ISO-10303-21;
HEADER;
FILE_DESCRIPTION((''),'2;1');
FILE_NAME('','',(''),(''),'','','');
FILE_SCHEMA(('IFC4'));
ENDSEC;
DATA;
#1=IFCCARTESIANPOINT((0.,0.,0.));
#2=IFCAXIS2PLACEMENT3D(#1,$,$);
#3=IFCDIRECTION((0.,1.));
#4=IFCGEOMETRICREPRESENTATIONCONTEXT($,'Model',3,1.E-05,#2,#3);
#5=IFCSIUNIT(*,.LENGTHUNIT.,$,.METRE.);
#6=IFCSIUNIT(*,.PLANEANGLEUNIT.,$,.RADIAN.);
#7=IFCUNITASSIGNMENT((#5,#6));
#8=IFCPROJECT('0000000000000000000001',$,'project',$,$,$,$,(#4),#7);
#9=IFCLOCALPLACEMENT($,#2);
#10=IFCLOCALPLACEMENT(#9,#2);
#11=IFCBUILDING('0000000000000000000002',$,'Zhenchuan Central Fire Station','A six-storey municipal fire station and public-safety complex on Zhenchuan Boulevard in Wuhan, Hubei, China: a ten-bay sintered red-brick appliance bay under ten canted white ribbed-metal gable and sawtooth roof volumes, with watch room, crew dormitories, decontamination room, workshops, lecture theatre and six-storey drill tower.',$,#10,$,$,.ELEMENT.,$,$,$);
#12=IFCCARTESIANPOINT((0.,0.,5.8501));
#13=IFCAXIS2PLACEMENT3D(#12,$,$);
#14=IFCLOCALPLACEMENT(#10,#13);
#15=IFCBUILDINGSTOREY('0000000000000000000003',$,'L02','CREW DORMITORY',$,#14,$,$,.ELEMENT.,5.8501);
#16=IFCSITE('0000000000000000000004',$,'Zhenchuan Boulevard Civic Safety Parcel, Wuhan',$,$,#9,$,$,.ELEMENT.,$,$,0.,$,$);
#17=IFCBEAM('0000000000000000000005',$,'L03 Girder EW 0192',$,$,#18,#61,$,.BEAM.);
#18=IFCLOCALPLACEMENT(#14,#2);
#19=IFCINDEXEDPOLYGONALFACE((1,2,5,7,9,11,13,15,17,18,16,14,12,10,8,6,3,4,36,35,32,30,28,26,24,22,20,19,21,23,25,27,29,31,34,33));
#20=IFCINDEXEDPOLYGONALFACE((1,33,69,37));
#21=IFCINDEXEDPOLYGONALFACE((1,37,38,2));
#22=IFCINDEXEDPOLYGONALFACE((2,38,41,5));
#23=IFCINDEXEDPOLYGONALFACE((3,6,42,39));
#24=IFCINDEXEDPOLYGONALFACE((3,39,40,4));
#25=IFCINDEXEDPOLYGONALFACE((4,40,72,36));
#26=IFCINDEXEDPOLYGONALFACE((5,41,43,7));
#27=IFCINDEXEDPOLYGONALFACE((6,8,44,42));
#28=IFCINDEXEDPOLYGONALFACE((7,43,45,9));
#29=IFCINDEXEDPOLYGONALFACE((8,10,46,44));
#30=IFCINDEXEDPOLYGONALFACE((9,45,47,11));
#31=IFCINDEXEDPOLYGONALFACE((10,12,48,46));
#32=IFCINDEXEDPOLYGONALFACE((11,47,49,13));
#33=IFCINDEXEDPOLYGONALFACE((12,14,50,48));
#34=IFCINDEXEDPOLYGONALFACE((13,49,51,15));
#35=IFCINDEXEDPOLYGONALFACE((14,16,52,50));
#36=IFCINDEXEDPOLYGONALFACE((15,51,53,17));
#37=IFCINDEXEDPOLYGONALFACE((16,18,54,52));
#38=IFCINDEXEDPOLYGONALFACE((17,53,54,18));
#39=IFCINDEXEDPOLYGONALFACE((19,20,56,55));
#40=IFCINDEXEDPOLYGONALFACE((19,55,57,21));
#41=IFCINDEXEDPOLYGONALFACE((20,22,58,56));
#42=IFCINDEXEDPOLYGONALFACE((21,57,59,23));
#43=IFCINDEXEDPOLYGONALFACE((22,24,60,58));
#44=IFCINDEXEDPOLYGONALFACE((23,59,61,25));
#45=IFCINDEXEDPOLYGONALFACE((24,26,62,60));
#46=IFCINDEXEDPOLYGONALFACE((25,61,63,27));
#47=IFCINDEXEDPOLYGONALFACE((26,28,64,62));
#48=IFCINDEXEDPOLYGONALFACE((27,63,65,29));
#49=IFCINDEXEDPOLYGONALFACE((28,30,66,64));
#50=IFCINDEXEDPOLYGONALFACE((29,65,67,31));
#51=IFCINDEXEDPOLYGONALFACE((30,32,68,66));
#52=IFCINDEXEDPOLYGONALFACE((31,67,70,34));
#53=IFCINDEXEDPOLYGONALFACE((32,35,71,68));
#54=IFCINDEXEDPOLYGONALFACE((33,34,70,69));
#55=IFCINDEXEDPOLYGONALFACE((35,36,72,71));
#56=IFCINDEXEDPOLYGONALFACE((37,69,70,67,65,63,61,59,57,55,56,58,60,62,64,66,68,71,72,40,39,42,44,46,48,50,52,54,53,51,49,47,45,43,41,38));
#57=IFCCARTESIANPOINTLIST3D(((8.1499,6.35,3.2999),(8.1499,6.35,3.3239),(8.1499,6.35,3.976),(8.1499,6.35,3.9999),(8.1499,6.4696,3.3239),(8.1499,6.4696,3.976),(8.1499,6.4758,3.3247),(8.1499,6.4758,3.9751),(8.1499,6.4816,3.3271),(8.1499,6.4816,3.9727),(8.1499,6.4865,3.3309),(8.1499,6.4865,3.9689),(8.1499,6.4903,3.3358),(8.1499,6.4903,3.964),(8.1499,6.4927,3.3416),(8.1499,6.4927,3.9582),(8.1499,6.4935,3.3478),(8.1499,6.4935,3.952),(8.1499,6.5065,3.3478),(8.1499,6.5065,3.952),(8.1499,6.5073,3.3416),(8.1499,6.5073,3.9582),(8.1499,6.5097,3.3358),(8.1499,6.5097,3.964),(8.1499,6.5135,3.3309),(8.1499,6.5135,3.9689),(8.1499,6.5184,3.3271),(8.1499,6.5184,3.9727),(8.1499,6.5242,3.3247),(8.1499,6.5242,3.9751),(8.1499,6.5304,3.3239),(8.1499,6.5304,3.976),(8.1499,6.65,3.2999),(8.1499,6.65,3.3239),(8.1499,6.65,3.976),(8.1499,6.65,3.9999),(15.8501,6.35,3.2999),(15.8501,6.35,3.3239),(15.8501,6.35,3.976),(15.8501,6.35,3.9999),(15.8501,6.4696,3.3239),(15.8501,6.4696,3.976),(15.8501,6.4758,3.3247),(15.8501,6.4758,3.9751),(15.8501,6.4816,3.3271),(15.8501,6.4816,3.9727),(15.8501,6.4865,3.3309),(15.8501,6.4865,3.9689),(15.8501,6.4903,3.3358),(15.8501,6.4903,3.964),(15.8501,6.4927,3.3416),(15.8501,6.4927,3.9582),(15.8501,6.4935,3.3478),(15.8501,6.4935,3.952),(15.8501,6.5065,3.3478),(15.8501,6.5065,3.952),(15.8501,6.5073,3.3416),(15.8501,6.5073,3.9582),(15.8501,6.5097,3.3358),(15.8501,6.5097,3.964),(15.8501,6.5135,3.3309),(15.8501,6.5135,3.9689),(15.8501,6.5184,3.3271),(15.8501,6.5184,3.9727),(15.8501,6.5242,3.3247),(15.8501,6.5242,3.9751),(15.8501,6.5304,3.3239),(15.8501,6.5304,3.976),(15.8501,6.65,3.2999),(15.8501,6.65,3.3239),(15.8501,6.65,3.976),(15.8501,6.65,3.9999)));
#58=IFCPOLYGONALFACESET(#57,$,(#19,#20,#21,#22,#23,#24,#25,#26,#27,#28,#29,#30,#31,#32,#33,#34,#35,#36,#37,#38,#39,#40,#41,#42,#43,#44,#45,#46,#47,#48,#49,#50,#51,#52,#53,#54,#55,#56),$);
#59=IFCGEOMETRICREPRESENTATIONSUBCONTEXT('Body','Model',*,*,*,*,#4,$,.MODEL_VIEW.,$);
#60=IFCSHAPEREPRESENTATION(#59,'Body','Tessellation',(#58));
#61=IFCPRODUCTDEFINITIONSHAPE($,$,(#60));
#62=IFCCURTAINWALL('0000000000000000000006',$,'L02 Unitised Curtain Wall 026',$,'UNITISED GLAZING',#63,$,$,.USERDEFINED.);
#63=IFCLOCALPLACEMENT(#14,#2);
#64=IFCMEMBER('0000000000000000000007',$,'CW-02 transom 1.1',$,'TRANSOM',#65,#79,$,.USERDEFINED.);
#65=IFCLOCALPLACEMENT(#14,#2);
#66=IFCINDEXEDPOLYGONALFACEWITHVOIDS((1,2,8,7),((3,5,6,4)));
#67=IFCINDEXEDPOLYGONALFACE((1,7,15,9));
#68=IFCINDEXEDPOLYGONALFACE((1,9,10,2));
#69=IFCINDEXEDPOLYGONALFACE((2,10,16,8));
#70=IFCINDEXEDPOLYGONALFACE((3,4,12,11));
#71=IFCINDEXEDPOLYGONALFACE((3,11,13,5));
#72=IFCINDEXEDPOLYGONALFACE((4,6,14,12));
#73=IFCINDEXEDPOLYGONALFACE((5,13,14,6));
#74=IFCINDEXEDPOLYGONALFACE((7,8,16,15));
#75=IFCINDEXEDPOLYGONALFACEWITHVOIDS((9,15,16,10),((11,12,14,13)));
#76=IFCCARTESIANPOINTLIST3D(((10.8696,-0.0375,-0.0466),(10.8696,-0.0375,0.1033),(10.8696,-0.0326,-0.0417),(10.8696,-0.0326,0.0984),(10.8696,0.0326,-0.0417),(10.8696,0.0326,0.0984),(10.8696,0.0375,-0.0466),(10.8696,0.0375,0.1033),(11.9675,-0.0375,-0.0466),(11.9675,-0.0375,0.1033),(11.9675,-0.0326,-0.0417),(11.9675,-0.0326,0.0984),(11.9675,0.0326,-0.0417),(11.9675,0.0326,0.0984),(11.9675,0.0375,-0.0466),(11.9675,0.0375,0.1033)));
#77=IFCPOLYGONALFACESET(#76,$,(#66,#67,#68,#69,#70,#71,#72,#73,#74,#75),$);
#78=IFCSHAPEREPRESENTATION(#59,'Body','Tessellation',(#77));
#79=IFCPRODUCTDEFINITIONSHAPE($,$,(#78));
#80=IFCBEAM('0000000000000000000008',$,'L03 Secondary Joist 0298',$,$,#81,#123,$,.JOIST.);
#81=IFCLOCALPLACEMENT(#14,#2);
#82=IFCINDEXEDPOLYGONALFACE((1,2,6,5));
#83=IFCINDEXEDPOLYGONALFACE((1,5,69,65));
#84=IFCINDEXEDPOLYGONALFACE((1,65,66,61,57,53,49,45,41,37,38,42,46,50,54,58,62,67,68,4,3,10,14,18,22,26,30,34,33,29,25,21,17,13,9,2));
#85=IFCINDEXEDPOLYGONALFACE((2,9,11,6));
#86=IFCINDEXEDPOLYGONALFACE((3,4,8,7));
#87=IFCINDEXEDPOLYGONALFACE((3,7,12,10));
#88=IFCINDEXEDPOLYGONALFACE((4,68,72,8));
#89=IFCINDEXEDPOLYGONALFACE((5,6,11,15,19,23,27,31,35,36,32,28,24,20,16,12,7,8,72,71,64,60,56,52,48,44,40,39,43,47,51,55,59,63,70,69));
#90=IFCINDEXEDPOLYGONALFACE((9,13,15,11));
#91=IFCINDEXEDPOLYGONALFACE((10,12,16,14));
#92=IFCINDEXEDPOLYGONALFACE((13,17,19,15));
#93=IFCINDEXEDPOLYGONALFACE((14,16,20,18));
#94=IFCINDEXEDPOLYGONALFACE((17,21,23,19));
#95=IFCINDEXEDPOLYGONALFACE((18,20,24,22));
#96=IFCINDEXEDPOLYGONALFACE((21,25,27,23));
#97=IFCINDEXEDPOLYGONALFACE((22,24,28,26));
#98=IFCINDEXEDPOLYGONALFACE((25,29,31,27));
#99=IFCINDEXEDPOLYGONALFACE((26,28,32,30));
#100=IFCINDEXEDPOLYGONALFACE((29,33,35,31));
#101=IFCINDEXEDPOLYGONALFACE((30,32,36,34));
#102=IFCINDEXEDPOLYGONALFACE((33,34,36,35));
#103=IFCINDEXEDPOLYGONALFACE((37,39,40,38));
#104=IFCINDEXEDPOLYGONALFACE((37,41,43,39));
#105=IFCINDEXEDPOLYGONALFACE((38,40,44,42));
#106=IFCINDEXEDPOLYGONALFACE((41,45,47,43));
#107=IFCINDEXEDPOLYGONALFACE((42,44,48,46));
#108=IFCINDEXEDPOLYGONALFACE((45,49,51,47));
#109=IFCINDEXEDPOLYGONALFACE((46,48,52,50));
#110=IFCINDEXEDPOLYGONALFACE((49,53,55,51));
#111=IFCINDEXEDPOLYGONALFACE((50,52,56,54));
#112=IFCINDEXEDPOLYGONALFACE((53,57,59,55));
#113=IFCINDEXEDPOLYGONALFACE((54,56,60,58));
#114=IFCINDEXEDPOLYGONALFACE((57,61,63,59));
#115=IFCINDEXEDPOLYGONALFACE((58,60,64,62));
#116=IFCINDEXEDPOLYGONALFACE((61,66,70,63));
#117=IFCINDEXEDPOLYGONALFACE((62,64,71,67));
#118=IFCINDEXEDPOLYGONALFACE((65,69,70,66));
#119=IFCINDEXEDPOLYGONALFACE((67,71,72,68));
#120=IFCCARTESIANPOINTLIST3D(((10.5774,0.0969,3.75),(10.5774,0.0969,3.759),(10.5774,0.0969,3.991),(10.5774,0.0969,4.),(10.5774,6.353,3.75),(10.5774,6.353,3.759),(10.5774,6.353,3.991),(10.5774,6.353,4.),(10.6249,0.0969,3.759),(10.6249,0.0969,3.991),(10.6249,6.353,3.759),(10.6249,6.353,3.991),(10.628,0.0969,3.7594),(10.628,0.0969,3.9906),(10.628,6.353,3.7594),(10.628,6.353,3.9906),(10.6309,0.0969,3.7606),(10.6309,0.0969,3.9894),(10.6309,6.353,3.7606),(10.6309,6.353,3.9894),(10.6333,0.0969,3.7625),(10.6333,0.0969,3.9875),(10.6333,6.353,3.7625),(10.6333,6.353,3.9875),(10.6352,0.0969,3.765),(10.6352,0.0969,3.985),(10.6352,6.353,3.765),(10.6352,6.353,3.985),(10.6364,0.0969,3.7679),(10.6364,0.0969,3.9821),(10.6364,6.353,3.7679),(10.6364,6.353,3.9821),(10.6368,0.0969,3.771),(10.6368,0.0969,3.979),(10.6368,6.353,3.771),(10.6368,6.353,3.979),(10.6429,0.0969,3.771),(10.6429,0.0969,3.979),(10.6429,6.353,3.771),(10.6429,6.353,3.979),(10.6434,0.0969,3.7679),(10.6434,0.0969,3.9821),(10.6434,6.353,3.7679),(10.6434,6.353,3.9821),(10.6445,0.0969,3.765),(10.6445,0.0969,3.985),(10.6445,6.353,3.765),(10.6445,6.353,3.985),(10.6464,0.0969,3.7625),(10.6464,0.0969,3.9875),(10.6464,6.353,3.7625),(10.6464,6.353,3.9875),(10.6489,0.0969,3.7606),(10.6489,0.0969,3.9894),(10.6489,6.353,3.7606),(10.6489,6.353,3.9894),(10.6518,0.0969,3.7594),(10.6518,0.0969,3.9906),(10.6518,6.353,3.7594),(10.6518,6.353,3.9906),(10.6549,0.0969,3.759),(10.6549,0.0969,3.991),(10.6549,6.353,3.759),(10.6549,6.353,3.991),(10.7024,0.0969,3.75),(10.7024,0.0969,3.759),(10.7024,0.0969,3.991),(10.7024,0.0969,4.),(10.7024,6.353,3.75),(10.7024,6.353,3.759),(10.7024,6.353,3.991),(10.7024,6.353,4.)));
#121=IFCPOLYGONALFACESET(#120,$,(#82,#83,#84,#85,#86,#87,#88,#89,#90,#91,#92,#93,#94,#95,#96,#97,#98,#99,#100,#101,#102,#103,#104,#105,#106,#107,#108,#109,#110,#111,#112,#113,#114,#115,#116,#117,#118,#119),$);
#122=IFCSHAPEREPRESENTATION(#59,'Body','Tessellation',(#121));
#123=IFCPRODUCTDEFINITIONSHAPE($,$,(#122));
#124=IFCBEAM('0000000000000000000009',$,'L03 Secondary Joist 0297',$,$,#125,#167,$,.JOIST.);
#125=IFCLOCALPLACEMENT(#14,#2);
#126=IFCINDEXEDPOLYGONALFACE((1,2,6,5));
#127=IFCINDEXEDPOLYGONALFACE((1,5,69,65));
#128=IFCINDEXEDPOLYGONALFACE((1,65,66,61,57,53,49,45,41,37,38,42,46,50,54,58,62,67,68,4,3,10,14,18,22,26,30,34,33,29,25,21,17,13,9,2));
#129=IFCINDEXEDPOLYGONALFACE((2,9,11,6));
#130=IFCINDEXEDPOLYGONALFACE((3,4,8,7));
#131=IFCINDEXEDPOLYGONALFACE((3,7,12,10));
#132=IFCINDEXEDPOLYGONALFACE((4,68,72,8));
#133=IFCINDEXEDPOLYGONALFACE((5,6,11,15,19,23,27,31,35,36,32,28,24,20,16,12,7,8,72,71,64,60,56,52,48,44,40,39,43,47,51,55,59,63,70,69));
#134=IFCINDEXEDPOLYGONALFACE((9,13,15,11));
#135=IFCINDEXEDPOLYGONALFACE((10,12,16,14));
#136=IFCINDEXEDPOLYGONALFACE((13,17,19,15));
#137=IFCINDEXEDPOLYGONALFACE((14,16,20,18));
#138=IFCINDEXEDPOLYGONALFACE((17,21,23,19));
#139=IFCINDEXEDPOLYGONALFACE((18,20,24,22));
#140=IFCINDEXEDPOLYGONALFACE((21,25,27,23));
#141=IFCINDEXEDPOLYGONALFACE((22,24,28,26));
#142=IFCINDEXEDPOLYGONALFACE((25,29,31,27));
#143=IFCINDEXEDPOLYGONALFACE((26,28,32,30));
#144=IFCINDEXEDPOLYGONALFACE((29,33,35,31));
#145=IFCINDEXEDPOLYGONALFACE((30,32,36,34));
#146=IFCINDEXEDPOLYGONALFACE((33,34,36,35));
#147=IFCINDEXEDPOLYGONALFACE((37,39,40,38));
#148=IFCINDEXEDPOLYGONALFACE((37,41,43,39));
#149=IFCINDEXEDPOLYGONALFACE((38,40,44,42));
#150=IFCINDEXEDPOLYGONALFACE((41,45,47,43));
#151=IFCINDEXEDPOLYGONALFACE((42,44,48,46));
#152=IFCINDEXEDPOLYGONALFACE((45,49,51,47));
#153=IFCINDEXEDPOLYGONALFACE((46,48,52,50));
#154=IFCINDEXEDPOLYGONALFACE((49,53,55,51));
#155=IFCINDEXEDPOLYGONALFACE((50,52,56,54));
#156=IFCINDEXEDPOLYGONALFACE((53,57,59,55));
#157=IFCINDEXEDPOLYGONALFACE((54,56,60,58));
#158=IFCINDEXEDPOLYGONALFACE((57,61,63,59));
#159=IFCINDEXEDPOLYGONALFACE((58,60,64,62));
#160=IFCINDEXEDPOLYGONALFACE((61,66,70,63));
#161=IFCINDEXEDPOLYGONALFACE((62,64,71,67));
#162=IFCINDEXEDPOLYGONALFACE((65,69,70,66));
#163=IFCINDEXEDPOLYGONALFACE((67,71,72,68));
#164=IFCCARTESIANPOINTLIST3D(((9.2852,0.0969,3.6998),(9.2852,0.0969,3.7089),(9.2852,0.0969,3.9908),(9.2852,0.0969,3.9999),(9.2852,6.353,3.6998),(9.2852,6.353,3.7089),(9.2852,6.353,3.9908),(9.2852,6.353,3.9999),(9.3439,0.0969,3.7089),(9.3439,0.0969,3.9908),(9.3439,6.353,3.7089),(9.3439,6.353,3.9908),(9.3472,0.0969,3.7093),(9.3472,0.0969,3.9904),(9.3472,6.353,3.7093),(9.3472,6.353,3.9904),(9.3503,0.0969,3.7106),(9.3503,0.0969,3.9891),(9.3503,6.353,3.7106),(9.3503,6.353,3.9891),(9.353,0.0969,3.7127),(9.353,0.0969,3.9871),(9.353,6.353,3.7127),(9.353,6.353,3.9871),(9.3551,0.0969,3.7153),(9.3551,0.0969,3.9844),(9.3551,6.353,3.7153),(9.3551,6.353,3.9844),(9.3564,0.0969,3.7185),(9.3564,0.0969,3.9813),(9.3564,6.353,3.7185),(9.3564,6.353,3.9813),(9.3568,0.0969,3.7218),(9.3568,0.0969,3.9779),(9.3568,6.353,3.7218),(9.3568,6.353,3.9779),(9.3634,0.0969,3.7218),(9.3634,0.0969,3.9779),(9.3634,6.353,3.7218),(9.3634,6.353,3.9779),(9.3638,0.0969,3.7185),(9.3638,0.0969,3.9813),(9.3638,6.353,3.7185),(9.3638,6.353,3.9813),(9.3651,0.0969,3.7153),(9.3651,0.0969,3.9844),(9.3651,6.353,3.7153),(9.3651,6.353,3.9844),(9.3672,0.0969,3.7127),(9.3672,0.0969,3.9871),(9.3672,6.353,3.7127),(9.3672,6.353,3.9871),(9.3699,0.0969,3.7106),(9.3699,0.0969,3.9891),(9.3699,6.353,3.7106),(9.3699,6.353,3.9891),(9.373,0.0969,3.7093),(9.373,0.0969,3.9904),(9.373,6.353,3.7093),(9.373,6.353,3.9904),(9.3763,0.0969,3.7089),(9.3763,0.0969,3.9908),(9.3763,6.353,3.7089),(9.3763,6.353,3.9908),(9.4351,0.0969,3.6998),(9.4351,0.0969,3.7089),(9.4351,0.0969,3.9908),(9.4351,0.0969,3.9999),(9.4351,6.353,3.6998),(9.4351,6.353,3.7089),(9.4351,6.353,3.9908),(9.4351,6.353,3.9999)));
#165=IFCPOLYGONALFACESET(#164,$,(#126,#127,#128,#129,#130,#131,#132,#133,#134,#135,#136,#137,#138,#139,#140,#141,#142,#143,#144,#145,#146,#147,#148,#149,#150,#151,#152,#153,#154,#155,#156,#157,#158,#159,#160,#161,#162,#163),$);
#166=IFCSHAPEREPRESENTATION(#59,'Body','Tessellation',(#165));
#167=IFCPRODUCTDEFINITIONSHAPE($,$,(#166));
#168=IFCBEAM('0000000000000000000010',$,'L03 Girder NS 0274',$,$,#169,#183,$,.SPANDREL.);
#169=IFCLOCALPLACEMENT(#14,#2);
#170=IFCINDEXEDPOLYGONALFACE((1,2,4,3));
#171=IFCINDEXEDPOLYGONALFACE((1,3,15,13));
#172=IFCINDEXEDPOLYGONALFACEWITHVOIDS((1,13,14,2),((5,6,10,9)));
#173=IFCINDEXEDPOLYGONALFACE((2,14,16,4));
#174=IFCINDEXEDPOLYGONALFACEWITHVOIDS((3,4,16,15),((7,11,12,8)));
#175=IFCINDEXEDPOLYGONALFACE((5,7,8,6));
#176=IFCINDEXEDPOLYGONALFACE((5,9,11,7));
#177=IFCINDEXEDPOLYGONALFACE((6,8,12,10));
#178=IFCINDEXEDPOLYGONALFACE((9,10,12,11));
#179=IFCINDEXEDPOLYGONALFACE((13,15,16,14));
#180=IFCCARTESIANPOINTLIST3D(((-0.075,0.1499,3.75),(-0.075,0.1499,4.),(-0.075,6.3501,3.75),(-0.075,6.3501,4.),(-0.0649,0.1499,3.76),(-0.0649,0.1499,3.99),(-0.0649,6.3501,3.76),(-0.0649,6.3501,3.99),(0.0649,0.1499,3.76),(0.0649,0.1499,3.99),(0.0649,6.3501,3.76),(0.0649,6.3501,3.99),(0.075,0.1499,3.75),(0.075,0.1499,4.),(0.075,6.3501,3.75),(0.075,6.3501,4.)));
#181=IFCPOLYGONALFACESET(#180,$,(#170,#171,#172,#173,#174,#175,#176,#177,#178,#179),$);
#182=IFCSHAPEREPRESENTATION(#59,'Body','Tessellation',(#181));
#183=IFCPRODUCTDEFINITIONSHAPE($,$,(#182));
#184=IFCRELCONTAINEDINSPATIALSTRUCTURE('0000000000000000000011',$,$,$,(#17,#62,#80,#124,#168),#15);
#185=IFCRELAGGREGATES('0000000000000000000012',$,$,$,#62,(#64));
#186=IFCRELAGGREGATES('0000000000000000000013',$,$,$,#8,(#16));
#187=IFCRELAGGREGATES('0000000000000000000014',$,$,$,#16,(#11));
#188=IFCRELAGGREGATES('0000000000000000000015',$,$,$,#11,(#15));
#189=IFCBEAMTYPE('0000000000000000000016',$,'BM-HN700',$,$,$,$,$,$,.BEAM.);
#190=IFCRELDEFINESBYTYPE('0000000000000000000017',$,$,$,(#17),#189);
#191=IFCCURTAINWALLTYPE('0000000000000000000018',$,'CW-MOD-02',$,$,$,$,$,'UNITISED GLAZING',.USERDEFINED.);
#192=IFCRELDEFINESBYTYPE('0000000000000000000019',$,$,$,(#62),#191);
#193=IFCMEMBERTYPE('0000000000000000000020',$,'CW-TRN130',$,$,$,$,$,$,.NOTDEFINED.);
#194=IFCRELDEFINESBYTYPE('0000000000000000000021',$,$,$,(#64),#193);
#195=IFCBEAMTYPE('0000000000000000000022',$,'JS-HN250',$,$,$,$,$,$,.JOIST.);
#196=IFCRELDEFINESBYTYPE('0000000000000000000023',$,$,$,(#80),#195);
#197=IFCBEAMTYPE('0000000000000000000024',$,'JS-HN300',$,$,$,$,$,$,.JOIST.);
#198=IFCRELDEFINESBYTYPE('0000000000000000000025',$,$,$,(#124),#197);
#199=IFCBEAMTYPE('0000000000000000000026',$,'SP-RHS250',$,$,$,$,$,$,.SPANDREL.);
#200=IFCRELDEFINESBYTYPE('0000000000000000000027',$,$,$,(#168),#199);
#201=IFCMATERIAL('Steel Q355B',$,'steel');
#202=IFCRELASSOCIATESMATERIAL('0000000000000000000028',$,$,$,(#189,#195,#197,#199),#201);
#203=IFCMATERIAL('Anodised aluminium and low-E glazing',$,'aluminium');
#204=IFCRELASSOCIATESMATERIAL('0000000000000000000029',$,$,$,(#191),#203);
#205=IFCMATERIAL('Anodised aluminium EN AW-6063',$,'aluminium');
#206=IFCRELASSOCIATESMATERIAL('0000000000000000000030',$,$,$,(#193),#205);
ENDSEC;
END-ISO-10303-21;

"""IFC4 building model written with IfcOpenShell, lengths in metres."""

from ifc_helpers import new_model, si_unit, direction, frame, origin, origin_2d, place, context, subcontext, project, spatial, hollow_rectangle, i_section, extrude, material, material_profile, profile_set, type_object, element, aggregate, save


model = new_model("IFC4")

# Units and contexts
model_context = context("Model", 3, precision=1e-05, world=origin(), true_north=direction((0.0, 1.0)))
body_context = subcontext(model_context, "Body", "Model", "MODEL_VIEW")
ifc_project = project(units=[si_unit("LENGTHUNIT", "METRE"), si_unit("PLANEANGLEUNIT", "RADIAN")], contexts=[model_context])

# Site, building, storey
site_placement = place(None, origin())
site = spatial("IfcSite", under=ifc_project, at=site_placement, Name="Zhenchuan Boulevard Civic Safety Parcel, Wuhan", CompositionType="ELEMENT", RefElevation=0.0)
building_placement = place(site_placement, origin())
building = spatial("IfcBuilding", under=site, at=building_placement, Name="Zhenchuan Central Fire Station", Description="A six-storey municipal fire station and public-safety complex on Zhenchuan Boulevard in Wuhan, Hubei, China: a ten-bay sintered red-brick appliance bay under ten canted white ribbed-metal gable and sawtooth roof volumes, with watch room, crew dormitories, decontamination room, workshops, lecture theatre and six-storey drill tower.", CompositionType="ELEMENT")
storey_placement = place(building_placement, frame((0.0, 0.0, 5.8501)))
storey = spatial("IfcBuildingStorey", under=building, at=storey_placement, Name="L02", Description="CREW DORMITORY", CompositionType="ELEMENT", Elevation=5.8501)

# Shared definitions
ifc_material_1 = material(Name="Steel Q355B", Category="steel")

# Beam
ifc_material_profile_1 = material_profile(ifc_material_1, i_section(OverallWidth=0.3, OverallDepth=0.7, WebThickness=0.0129, FlangeThickness=0.0239, FilletRadius=0.0239, at=origin_2d()), Name="HN 700x300")
ifc_profile_set_1 = profile_set([ifc_material_profile_1], Name="Steel Q355B")
beam_type_1 = type_object("IfcBeamType", Name="BM-HN700", PredefinedType="BEAM", material=ifc_profile_set_1)
beam_1_placement = place(storey_placement, frame((8.1499, 6.5, 3.6499), z_axis=(1.0, 0.0, 0.0), x_axis=(0.0, 1.0, 0.0)))
element("IfcBeam", 1, at=beam_1_placement, inside=storey, type_object=beam_type_1, Name="L03 Girder EW 0192", PredefinedType="BEAM", context=body_context, shape_type="SweptSolid", body=[
    extrude(i_section(OverallWidth=0.3, OverallDepth=0.7, WebThickness=0.0129, FlangeThickness=0.0239, FilletRadius=0.0239, at=origin_2d()), origin(), (0.0, 0.0, 1.0), 7.7002),
])

# Curtain wall, member
ifc_material_2 = material(Name="Anodised aluminium and low-E glazing", Category="aluminium")
curtain_wall_type = type_object("IfcCurtainWallType", Name="CW-MOD-02", ElementType="UNITISED GLAZING", PredefinedType="USERDEFINED", material=ifc_material_2)
curtain_wall_placement = place(storey_placement, origin())
curtain_wall = element("IfcCurtainWall", 2, at=curtain_wall_placement, inside=storey, type_object=curtain_wall_type, Name="L02 Unitised Curtain Wall 026", ObjectType="UNITISED GLAZING", PredefinedType="USERDEFINED")
ifc_material_3 = material(Name="Anodised aluminium EN AW-6063", Category="aluminium")
ifc_material_profile_2 = material_profile(ifc_material_3, hollow_rectangle(XDim=0.075, YDim=0.1499, WallThickness=0.0049, at=origin_2d()), Name="ALU-T 150x75")
ifc_profile_set_2 = profile_set([ifc_material_profile_2], Name="Anodised aluminium EN AW-6063")
member_type = type_object("IfcMemberType", Name="CW-TRN130", PredefinedType="NOTDEFINED", material=ifc_profile_set_2)
member_placement = place(storey_placement, frame((10.8696, 0.0, 0.0283), z_axis=(1.0, 0.0, 0.0), x_axis=(0.0, 1.0, 0.0)))
member = element("IfcMember", 3, at=member_placement, type_object=member_type, Name="CW-02 transom 1.1", ObjectType="TRANSOM", PredefinedType="USERDEFINED", context=body_context, shape_type="SweptSolid", body=[
    extrude(hollow_rectangle(XDim=0.075, YDim=0.1499, WallThickness=0.0049, at=origin_2d()), origin(), (0.0, 0.0, 1.0), 1.0979),
])
aggregate(curtain_wall, [member])

# Beams
ifc_material_profile_3 = material_profile(ifc_material_1, i_section(OverallWidth=0.125, OverallDepth=0.25, WebThickness=0.0061, FlangeThickness=0.009, FilletRadius=0.012, at=origin_2d()), Name="HN 250x125")
ifc_profile_set_3 = profile_set([ifc_material_profile_3], Name="Steel Q355B")
beam_type_2 = type_object("IfcBeamType", Name="JS-HN250", PredefinedType="JOIST", material=ifc_profile_set_3)
beam_2_placement = place(storey_placement, frame((10.6399, 0.0969, 3.875), z_axis=(0.0, 1.0, 0.0), x_axis=(-1.0, 0.0, 0.0)))
element("IfcBeam", 4, at=beam_2_placement, inside=storey, type_object=beam_type_2, Name="L03 Secondary Joist 0298", PredefinedType="JOIST", context=body_context, shape_type="SweptSolid", body=[
    extrude(i_section(OverallWidth=0.125, OverallDepth=0.25, WebThickness=0.0061, FlangeThickness=0.009, FilletRadius=0.012, at=origin_2d()), origin(), (0.0, 0.0, 1.0), 6.2561),
])
ifc_material_profile_4 = material_profile(ifc_material_1, i_section(OverallWidth=0.1499, OverallDepth=0.3, WebThickness=0.0066, FlangeThickness=0.009, FilletRadius=0.0129, at=origin_2d()), Name="HN 300x150")
ifc_profile_set_4 = profile_set([ifc_material_profile_4], Name="Steel Q355B")
beam_type_3 = type_object("IfcBeamType", Name="JS-HN300", PredefinedType="JOIST", material=ifc_profile_set_4)
beam_3_placement = place(storey_placement, frame((9.3601, 0.0969, 3.8499), z_axis=(0.0, 1.0, 0.0), x_axis=(-1.0, 0.0, 0.0)))
element("IfcBeam", 5, at=beam_3_placement, inside=storey, type_object=beam_type_3, Name="L03 Secondary Joist 0297", PredefinedType="JOIST", context=body_context, shape_type="SweptSolid", body=[
    extrude(i_section(OverallWidth=0.1499, OverallDepth=0.3, WebThickness=0.0066, FlangeThickness=0.009, FilletRadius=0.0129, at=origin_2d()), origin(), (0.0, 0.0, 1.0), 6.2561),
])
ifc_material_profile_5 = material_profile(ifc_material_1, hollow_rectangle(XDim=0.1499, YDim=0.25, WallThickness=0.01, at=origin_2d()), Name="RHS 250x150x10")
ifc_profile_set_5 = profile_set([ifc_material_profile_5], Name="Steel Q355B")
beam_type_4 = type_object("IfcBeamType", Name="SP-RHS250", PredefinedType="SPANDREL", material=ifc_profile_set_5)
beam_4_placement = place(storey_placement, frame((0.0, 0.1499, 3.875), z_axis=(0.0, 1.0, 0.0), x_axis=(-1.0, 0.0, 0.0)))
element("IfcBeam", 6, at=beam_4_placement, inside=storey, type_object=beam_type_4, Name="L03 Girder NS 0274", PredefinedType="SPANDREL", context=body_context, shape_type="SweptSolid", body=[
    extrude(hollow_rectangle(XDim=0.1499, YDim=0.25, WallThickness=0.01, at=origin_2d()), origin(), (0.0, 0.0, 1.0), 6.2002),
])

save(model, "model.ifc")
